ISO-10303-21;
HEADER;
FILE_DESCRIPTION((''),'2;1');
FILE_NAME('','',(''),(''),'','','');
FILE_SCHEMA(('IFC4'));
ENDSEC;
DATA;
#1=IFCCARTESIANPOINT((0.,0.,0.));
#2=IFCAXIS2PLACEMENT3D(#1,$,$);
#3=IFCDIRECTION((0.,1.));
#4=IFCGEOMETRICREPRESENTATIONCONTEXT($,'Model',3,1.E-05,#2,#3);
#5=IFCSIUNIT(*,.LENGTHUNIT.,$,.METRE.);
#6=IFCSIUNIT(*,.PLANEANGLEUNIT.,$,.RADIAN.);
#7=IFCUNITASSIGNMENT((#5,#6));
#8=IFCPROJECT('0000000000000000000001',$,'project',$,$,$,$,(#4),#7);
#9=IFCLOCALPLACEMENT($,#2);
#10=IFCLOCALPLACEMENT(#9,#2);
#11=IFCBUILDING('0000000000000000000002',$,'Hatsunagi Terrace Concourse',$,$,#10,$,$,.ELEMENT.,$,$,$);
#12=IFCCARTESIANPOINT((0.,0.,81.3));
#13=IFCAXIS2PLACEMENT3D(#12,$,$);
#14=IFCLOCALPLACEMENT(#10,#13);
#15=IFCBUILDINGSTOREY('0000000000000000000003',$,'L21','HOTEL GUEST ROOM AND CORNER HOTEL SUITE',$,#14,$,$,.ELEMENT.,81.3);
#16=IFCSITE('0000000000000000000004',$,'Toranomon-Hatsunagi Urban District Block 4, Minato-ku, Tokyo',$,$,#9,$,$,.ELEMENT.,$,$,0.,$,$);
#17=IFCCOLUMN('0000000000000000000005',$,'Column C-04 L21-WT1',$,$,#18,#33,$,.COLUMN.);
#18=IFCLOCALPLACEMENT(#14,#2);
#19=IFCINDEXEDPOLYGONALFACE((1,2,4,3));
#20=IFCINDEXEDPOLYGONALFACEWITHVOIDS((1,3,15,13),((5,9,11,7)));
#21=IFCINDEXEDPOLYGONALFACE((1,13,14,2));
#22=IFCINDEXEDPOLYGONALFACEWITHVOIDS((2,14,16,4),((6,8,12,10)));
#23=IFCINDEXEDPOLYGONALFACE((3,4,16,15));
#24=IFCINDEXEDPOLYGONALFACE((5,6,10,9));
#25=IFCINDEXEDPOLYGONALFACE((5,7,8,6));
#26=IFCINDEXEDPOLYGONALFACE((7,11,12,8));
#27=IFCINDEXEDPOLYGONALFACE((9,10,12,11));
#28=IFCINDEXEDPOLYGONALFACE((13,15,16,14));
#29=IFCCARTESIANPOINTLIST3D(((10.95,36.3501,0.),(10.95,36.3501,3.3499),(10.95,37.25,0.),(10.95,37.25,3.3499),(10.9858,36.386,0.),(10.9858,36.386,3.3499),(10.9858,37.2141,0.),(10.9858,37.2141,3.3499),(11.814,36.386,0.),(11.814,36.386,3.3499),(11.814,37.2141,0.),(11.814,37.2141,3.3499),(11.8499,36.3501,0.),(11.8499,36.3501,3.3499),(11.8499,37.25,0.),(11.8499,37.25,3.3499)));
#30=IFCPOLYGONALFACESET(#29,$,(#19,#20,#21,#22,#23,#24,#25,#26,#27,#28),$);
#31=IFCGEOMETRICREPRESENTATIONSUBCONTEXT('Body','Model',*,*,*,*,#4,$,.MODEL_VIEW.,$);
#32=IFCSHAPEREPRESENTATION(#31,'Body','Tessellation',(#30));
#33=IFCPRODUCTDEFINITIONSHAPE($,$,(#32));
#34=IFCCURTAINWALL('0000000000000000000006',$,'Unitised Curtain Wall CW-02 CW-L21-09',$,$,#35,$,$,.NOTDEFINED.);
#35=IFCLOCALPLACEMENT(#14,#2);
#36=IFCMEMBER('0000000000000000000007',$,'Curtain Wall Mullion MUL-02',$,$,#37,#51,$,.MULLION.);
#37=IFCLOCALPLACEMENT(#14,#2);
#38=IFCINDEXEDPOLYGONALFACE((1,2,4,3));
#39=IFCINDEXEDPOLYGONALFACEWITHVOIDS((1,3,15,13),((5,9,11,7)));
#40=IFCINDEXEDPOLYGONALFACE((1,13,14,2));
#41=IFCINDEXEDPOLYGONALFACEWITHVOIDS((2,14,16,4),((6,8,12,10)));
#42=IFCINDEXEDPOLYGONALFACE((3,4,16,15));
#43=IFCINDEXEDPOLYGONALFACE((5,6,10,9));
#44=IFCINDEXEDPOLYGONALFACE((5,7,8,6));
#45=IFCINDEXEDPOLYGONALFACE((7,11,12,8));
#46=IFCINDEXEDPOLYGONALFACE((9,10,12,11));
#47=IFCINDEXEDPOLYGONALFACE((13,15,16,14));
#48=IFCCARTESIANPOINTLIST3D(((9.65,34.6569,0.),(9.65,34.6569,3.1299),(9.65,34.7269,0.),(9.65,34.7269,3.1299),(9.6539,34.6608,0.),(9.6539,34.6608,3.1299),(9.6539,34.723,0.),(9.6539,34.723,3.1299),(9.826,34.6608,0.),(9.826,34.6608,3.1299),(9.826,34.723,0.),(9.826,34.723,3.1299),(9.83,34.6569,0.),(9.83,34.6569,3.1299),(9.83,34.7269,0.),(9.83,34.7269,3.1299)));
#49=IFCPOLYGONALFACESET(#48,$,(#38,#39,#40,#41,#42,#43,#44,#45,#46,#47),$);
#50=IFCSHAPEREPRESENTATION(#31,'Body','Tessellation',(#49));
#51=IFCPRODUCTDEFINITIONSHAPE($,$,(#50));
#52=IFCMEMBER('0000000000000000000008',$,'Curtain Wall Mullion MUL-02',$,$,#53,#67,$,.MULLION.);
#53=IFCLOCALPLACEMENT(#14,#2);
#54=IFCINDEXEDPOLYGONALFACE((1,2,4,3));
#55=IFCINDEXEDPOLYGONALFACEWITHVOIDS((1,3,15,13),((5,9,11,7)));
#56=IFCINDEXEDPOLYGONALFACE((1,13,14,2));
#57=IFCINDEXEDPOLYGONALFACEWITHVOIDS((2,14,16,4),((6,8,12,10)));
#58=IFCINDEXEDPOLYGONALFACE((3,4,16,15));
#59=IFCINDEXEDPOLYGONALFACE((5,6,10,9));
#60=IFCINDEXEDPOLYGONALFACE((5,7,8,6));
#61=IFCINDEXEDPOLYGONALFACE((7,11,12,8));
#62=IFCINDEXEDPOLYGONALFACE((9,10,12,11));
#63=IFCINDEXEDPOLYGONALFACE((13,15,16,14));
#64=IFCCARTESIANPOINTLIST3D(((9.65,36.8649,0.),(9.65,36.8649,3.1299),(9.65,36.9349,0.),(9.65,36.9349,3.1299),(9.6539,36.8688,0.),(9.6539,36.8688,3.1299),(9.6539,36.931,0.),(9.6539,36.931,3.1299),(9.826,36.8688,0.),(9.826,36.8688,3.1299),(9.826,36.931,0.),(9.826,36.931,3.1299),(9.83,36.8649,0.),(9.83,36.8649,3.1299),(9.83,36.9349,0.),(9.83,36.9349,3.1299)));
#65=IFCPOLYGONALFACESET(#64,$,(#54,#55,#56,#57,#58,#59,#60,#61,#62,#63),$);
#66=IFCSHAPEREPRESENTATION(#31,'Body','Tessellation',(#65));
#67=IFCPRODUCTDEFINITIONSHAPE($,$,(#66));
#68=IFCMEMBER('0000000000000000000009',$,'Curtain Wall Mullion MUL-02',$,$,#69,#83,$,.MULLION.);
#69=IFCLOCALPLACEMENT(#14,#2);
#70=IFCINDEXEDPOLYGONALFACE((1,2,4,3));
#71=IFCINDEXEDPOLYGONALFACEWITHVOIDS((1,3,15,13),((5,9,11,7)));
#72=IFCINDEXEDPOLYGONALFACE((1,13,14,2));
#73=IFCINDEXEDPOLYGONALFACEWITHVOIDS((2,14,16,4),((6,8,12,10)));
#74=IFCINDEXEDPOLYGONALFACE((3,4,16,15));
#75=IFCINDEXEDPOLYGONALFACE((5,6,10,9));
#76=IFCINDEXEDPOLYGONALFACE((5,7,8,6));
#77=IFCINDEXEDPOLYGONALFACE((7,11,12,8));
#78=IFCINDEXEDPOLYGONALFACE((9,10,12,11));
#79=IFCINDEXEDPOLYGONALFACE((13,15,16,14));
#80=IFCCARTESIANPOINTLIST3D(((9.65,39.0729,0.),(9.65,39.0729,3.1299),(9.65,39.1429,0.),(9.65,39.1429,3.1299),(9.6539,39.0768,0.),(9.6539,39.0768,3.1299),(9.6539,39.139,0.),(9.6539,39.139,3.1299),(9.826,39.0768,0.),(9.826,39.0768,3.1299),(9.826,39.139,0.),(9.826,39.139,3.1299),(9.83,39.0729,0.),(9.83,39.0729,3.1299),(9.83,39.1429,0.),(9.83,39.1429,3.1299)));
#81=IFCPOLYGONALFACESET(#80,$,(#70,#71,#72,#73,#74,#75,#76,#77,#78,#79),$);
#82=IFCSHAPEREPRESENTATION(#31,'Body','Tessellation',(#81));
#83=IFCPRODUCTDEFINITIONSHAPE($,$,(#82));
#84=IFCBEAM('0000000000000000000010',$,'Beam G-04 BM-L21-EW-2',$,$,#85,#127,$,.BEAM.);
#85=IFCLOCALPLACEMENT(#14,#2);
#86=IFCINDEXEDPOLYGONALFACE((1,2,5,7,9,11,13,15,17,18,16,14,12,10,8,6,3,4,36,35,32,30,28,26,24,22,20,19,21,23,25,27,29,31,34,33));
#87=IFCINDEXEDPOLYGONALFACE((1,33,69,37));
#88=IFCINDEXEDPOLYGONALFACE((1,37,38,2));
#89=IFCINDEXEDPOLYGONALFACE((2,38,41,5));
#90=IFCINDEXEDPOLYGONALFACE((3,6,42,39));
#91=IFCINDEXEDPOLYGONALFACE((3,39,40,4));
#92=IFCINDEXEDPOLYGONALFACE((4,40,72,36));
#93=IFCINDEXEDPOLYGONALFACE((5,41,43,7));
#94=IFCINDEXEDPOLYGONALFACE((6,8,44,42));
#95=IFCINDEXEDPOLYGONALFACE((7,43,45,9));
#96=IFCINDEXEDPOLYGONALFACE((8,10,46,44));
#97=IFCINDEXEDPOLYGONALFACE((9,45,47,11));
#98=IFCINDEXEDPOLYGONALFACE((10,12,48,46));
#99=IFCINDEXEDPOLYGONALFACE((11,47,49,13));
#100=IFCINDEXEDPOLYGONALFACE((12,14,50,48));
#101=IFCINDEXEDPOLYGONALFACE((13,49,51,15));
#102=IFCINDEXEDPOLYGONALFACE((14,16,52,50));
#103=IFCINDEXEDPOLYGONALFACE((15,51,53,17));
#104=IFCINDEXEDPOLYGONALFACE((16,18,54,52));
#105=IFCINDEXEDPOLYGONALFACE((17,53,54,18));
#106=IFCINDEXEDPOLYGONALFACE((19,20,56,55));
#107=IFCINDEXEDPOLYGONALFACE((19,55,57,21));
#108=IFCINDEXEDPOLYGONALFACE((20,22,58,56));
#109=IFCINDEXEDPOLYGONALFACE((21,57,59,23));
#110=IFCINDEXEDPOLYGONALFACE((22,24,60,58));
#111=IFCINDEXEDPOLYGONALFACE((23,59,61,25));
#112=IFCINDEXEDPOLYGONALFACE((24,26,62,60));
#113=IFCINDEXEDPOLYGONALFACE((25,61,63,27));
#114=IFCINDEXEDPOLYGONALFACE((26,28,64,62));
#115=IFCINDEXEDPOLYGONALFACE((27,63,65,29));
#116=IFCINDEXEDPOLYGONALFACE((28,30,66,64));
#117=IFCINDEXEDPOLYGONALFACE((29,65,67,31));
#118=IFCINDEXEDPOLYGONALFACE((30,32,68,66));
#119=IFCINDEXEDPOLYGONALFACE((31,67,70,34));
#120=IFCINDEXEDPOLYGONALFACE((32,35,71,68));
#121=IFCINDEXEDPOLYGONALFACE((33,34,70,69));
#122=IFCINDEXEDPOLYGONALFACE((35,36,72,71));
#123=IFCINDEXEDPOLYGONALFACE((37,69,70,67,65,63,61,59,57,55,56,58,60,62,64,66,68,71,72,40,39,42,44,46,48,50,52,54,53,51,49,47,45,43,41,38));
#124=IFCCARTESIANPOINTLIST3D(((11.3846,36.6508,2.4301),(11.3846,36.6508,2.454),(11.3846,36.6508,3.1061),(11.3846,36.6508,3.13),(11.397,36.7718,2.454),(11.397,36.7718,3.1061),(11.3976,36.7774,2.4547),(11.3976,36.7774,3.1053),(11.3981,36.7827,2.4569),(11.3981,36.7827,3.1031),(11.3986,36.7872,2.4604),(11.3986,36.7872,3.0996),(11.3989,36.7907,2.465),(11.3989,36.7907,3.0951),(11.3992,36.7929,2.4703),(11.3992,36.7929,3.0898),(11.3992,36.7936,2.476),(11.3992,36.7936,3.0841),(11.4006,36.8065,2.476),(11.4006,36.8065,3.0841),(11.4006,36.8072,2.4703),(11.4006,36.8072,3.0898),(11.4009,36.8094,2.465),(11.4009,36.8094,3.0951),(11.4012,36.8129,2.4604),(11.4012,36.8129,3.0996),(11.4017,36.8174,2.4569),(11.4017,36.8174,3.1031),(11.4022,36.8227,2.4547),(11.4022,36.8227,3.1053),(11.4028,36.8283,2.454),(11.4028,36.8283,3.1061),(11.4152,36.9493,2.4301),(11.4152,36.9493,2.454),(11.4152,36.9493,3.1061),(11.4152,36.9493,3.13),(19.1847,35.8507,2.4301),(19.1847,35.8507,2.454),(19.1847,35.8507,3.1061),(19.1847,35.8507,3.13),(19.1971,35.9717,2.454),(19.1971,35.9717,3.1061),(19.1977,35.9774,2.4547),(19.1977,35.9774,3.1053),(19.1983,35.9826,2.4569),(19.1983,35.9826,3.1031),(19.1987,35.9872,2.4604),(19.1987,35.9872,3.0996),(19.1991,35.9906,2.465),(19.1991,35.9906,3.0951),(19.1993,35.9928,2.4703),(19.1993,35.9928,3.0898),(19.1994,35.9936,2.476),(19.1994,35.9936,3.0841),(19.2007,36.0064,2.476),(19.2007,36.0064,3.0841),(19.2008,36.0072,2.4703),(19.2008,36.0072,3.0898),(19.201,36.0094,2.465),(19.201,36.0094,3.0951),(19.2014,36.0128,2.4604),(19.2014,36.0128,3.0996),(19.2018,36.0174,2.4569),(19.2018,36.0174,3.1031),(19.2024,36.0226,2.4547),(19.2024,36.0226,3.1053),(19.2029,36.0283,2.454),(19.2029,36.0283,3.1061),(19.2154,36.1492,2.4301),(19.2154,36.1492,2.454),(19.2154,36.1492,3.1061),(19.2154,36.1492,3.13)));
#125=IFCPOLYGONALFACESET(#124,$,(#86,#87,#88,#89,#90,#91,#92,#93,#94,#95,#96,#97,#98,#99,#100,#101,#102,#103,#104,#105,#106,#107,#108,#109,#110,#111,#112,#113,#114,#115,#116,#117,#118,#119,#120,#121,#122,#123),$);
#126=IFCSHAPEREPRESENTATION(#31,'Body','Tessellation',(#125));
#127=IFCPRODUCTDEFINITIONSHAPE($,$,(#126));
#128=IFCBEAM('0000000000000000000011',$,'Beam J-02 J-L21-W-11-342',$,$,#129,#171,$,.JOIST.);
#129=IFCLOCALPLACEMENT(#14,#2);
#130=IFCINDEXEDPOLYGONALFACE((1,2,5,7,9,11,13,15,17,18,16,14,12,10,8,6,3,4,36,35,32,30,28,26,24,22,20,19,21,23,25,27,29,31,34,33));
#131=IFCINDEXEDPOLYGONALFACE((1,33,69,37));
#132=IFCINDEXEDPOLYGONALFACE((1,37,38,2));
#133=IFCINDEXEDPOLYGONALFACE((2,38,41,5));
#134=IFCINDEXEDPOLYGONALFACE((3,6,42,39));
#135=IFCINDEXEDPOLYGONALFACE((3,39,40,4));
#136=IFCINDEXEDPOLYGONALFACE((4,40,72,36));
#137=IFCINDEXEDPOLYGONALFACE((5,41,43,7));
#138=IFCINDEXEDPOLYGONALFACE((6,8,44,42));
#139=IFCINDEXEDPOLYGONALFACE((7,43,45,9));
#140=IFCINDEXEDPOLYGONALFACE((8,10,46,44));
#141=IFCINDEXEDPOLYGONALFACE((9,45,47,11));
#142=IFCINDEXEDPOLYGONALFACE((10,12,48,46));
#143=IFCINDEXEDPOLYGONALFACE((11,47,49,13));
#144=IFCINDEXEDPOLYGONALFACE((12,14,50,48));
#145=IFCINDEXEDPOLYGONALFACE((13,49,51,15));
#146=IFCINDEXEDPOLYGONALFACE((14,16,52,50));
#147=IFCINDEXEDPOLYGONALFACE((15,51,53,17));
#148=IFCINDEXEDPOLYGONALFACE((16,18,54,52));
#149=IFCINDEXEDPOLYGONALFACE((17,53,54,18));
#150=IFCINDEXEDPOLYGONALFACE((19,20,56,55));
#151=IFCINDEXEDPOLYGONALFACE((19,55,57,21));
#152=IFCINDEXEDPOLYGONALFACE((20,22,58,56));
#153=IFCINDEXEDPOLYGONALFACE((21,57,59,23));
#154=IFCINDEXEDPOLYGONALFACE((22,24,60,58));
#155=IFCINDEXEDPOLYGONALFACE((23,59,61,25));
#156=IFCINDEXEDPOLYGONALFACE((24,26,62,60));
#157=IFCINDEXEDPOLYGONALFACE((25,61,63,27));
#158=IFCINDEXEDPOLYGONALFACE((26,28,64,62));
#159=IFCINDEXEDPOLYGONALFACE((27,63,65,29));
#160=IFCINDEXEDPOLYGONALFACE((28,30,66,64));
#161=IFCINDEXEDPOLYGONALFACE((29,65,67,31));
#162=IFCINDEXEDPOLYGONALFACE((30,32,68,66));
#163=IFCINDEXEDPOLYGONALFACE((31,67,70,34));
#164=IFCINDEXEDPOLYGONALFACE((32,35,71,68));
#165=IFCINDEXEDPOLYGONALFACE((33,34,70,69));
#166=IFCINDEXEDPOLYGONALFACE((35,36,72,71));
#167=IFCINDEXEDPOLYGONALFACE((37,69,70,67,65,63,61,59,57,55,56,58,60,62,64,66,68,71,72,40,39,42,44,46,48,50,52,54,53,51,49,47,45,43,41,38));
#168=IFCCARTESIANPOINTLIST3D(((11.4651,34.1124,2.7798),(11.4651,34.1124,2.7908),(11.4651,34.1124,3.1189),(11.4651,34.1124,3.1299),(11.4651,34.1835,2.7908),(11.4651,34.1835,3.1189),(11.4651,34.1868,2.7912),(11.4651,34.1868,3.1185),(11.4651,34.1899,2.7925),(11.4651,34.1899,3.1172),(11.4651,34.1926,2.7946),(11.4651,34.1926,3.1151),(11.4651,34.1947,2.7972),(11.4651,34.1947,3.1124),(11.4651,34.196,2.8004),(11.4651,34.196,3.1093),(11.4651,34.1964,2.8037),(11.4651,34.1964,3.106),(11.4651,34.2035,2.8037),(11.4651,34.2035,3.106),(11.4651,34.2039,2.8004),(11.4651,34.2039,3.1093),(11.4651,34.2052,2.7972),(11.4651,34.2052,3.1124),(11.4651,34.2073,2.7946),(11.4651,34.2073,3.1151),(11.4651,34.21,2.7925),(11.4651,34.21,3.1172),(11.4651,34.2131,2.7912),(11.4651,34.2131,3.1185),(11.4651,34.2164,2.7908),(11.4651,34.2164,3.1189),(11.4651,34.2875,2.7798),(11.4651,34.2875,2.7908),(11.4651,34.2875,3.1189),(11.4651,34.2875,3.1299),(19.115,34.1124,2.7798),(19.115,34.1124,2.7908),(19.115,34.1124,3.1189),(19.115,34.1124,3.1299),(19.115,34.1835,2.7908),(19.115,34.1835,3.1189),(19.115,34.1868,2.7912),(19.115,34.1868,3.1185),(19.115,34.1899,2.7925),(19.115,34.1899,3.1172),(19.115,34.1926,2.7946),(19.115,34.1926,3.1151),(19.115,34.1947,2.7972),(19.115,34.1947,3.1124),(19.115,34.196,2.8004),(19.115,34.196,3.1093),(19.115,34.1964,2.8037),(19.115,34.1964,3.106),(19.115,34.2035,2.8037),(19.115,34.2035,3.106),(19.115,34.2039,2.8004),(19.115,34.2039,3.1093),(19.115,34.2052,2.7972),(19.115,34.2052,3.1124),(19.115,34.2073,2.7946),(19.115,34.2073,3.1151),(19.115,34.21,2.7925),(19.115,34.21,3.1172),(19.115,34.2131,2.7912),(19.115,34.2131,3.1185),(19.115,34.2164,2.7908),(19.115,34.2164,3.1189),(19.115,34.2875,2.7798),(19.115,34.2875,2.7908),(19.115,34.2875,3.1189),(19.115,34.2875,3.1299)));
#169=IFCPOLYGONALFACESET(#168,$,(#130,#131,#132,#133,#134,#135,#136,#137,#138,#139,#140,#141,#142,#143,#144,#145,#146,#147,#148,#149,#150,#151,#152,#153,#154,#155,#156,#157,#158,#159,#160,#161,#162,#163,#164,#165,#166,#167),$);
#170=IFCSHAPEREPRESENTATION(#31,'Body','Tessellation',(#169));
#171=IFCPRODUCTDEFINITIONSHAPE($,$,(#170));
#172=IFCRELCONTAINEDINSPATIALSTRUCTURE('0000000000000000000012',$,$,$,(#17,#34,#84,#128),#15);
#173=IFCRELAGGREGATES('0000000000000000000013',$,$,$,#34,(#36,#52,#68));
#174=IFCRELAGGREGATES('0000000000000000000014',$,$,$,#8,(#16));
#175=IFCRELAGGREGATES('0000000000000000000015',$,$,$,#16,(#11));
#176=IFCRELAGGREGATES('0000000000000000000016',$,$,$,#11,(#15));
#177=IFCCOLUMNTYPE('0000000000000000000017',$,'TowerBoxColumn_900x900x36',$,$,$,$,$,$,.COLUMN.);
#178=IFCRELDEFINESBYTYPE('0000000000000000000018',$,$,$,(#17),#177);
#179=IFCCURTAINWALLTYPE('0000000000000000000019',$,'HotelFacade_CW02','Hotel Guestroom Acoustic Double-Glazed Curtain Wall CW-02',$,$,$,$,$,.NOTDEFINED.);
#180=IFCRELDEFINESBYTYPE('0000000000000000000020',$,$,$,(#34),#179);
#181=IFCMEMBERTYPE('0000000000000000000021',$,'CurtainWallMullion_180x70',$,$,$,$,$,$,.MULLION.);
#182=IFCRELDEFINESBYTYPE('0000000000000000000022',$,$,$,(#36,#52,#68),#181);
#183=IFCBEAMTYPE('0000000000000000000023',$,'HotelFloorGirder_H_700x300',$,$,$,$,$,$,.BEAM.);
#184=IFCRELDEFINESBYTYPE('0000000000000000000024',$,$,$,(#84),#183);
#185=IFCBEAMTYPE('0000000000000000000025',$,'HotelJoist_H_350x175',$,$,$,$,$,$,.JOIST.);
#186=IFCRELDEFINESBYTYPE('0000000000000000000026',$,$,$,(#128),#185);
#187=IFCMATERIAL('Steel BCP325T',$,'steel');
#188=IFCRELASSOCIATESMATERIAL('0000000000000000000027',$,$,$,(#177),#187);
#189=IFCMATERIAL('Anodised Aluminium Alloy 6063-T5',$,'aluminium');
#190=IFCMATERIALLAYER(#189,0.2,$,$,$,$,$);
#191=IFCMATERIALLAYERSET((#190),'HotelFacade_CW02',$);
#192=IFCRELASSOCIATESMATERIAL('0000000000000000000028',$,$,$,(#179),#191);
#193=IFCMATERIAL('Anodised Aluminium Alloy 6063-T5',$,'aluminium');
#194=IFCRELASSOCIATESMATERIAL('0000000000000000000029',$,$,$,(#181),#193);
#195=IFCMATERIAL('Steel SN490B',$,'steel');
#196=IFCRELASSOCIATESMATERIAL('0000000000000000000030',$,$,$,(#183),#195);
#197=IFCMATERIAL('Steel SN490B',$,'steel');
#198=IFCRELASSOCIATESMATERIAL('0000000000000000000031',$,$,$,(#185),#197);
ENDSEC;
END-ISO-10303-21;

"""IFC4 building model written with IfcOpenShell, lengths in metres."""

from ifc_helpers import new_model, si_unit, direction, frame, origin, origin_2d, place, context, subcontext, project, spatial, hollow_rectangle, i_section, extrude, material, layer, layer_set, material_profile, profile_set, type_object, element, aggregate, save


model = new_model("IFC4")

# Units and contexts
model_context = context("Model", 3, precision=1e-05, world=origin(), true_north=direction((0.0, 1.0)))
body_context = subcontext(model_context, "Body", "Model", "MODEL_VIEW")
ifc_project = project(units=[si_unit("LENGTHUNIT", "METRE"), si_unit("PLANEANGLEUNIT", "RADIAN")], contexts=[model_context])

# Site, building, storey
site_placement = place(None, origin())
site = spatial("IfcSite", under=ifc_project, at=site_placement, Name="Toranomon-Hatsunagi Urban District Block 4, Minato-ku, Tokyo", CompositionType="ELEMENT", RefElevation=0.0)
building_placement = place(site_placement, origin())
building = spatial("IfcBuilding", under=site, at=building_placement, Name="Hatsunagi Terrace Concourse", CompositionType="ELEMENT")
storey_placement = place(building_placement, frame((0.0, 0.0, 81.3)))
storey = spatial("IfcBuildingStorey", under=building, at=storey_placement, Name="L21", Description="HOTEL GUEST ROOM AND CORNER HOTEL SUITE", CompositionType="ELEMENT", Elevation=81.3)

# Column
ifc_material_1 = material(Name="Steel BCP325T", Category="steel")
ifc_material_profile_1 = material_profile(ifc_material_1, hollow_rectangle(XDim=0.8999, YDim=0.8999, WallThickness=0.0359, at=origin_2d()), Name="BCP-900x900x36")
ifc_profile_set_1 = profile_set([ifc_material_profile_1], Name="Steel BCP325T")
column_type = type_object("IfcColumnType", Name="TowerBoxColumn_900x900x36", PredefinedType="COLUMN", material=ifc_profile_set_1)
column_placement = place(storey_placement, frame((11.3999, 36.8, 0.0), z_axis=(0.0, 0.0, 1.0), x_axis=(1.0, 0.0, 0.0)))
element("IfcColumn", 1, at=column_placement, inside=storey, type_object=column_type, Name="Column C-04 L21-WT1", PredefinedType="COLUMN", context=body_context, shape_type="SweptSolid", body=[
    extrude(hollow_rectangle(XDim=0.8999, YDim=0.8999, WallThickness=0.0359, at=origin_2d()), origin(), (0.0, 0.0, 1.0), 3.3499),
])

# Curtain wall, members
ifc_material_2 = material(Name="Anodised Aluminium Alloy 6063-T5", Category="aluminium")
ifc_layer_1 = layer(ifc_material_2, 0.2)
ifc_layer_set_1 = layer_set([ifc_layer_1], Name="HotelFacade_CW02")
curtain_wall_type = type_object("IfcCurtainWallType", Name="HotelFacade_CW02", Description="Hotel Guestroom Acoustic Double-Glazed Curtain Wall CW-02", PredefinedType="NOTDEFINED", material=ifc_layer_set_1)
curtain_wall_placement = place(storey_placement, origin())
curtain_wall = element("IfcCurtainWall", 2, at=curtain_wall_placement, inside=storey, type_object=curtain_wall_type, Name="Unitised Curtain Wall CW-02 CW-L21-09", PredefinedType="NOTDEFINED")
ifc_material_3 = material(Name="Anodised Aluminium Alloy 6063-T5", Category="aluminium")
ifc_material_profile_2 = material_profile(ifc_material_3, hollow_rectangle(XDim=0.0701, YDim=0.1799, WallThickness=0.0039, at=origin_2d()), Name="ALU-MUL-180x70x4")
ifc_profile_set_2 = profile_set([ifc_material_profile_2], Name="Anodised Aluminium Alloy 6063-T5")
member_type = type_object("IfcMemberType", Name="CurtainWallMullion_180x70", PredefinedType="MULLION", material=ifc_profile_set_2)
member_1_placement = place(storey_placement, frame((9.74, 34.6919, 0.0), z_axis=(0.0, 0.0, 1.0), x_axis=(0.0, 1.0, 0.0)))
member_1 = element("IfcMember", 3, at=member_1_placement, type_object=member_type, Name="Curtain Wall Mullion MUL-02", PredefinedType="MULLION", context=body_context, shape_type="SweptSolid", body=[
    extrude(hollow_rectangle(XDim=0.0701, YDim=0.1799, WallThickness=0.0039, at=origin_2d()), origin(), (0.0, 0.0, 1.0), 3.1299),
])
member_2_placement = place(storey_placement, frame((9.74, 36.8999, 0.0), z_axis=(0.0, 0.0, 1.0), x_axis=(0.0, 1.0, 0.0)))
member_2 = element("IfcMember", 4, at=member_2_placement, type_object=member_type, Name="Curtain Wall Mullion MUL-02", PredefinedType="MULLION", context=body_context, shape_type="SweptSolid", body=[
    extrude(hollow_rectangle(XDim=0.0701, YDim=0.1799, WallThickness=0.0039, at=origin_2d()), origin(), (0.0, 0.0, 1.0), 3.1299),
])
member_3_placement = place(storey_placement, frame((9.74, 39.1079, 0.0), z_axis=(0.0, 0.0, 1.0), x_axis=(0.0, 1.0, 0.0)))
member_3 = element("IfcMember", 5, at=member_3_placement, type_object=member_type, Name="Curtain Wall Mullion MUL-02", PredefinedType="MULLION", context=body_context, shape_type="SweptSolid", body=[
    extrude(hollow_rectangle(XDim=0.0701, YDim=0.1799, WallThickness=0.0039, at=origin_2d()), origin(), (0.0, 0.0, 1.0), 3.1299),
])

# Beams
ifc_material_4 = material(Name="Steel SN490B", Category="steel")
ifc_material_profile_3 = material_profile(ifc_material_4, i_section(OverallWidth=0.3, OverallDepth=0.7, WebThickness=0.0129, FlangeThickness=0.0239, FilletRadius=0.022, at=origin_2d()), Name="H-700x300x13x24")
ifc_profile_set_3 = profile_set([ifc_material_profile_3], Name="Steel SN490B")
beam_type_1 = type_object("IfcBeamType", Name="HotelFloorGirder_H_700x300", PredefinedType="BEAM", material=ifc_profile_set_3)
beam_1_placement = place(storey_placement, frame((11.3999, 36.8, 2.78), z_axis=(0.994781, -0.102034, 0.0), x_axis=(0.102034, 0.994781, 0.0)))
element("IfcBeam", 6, at=beam_1_placement, inside=storey, type_object=beam_type_1, Name="Beam G-04 BM-L21-EW-2", PredefinedType="BEAM", context=body_context, shape_type="SweptSolid", body=[
    extrude(i_section(OverallWidth=0.3, OverallDepth=0.7, WebThickness=0.0129, FlangeThickness=0.0239, FilletRadius=0.022, at=origin_2d()), origin(), (0.0, 0.0, 1.0), 7.8411),
])
ifc_material_5 = material(Name="Steel SN490B", Category="steel")
ifc_material_profile_4 = material_profile(ifc_material_5, i_section(OverallWidth=0.175, OverallDepth=0.3501, WebThickness=0.0071, FlangeThickness=0.011, FilletRadius=0.0129, at=origin_2d()), Name="H-350x175x7x11")
ifc_profile_set_4 = profile_set([ifc_material_profile_4], Name="Steel SN490B")
beam_type_2 = type_object("IfcBeamType", Name="HotelJoist_H_350x175", PredefinedType="JOIST", material=ifc_profile_set_4)
for number, where, z_axis, x_axis, name in (
    (7, (11.4651, 34.2, 2.9548), (1.0, 0.0, 0.0), (0.0, 1.0, 0.0), "Beam J-02 J-L21-W-11-342"),
):
    element("IfcBeam", number, at=place(storey_placement, frame(where, z_axis=z_axis, x_axis=x_axis)), inside=storey, type_object=beam_type_2, Name=name, PredefinedType="JOIST", context=body_context, shape_type="SweptSolid", body=[
        extrude(i_section(OverallWidth=0.175, OverallDepth=0.3501, WebThickness=0.0071, FlangeThickness=0.011, FilletRadius=0.0129, at=origin_2d()), origin(), (0.0, 0.0, 1.0), 7.6499),
    ])

aggregate(curtain_wall, [member_1, member_2, member_3])

save(model, "model.ifc")
